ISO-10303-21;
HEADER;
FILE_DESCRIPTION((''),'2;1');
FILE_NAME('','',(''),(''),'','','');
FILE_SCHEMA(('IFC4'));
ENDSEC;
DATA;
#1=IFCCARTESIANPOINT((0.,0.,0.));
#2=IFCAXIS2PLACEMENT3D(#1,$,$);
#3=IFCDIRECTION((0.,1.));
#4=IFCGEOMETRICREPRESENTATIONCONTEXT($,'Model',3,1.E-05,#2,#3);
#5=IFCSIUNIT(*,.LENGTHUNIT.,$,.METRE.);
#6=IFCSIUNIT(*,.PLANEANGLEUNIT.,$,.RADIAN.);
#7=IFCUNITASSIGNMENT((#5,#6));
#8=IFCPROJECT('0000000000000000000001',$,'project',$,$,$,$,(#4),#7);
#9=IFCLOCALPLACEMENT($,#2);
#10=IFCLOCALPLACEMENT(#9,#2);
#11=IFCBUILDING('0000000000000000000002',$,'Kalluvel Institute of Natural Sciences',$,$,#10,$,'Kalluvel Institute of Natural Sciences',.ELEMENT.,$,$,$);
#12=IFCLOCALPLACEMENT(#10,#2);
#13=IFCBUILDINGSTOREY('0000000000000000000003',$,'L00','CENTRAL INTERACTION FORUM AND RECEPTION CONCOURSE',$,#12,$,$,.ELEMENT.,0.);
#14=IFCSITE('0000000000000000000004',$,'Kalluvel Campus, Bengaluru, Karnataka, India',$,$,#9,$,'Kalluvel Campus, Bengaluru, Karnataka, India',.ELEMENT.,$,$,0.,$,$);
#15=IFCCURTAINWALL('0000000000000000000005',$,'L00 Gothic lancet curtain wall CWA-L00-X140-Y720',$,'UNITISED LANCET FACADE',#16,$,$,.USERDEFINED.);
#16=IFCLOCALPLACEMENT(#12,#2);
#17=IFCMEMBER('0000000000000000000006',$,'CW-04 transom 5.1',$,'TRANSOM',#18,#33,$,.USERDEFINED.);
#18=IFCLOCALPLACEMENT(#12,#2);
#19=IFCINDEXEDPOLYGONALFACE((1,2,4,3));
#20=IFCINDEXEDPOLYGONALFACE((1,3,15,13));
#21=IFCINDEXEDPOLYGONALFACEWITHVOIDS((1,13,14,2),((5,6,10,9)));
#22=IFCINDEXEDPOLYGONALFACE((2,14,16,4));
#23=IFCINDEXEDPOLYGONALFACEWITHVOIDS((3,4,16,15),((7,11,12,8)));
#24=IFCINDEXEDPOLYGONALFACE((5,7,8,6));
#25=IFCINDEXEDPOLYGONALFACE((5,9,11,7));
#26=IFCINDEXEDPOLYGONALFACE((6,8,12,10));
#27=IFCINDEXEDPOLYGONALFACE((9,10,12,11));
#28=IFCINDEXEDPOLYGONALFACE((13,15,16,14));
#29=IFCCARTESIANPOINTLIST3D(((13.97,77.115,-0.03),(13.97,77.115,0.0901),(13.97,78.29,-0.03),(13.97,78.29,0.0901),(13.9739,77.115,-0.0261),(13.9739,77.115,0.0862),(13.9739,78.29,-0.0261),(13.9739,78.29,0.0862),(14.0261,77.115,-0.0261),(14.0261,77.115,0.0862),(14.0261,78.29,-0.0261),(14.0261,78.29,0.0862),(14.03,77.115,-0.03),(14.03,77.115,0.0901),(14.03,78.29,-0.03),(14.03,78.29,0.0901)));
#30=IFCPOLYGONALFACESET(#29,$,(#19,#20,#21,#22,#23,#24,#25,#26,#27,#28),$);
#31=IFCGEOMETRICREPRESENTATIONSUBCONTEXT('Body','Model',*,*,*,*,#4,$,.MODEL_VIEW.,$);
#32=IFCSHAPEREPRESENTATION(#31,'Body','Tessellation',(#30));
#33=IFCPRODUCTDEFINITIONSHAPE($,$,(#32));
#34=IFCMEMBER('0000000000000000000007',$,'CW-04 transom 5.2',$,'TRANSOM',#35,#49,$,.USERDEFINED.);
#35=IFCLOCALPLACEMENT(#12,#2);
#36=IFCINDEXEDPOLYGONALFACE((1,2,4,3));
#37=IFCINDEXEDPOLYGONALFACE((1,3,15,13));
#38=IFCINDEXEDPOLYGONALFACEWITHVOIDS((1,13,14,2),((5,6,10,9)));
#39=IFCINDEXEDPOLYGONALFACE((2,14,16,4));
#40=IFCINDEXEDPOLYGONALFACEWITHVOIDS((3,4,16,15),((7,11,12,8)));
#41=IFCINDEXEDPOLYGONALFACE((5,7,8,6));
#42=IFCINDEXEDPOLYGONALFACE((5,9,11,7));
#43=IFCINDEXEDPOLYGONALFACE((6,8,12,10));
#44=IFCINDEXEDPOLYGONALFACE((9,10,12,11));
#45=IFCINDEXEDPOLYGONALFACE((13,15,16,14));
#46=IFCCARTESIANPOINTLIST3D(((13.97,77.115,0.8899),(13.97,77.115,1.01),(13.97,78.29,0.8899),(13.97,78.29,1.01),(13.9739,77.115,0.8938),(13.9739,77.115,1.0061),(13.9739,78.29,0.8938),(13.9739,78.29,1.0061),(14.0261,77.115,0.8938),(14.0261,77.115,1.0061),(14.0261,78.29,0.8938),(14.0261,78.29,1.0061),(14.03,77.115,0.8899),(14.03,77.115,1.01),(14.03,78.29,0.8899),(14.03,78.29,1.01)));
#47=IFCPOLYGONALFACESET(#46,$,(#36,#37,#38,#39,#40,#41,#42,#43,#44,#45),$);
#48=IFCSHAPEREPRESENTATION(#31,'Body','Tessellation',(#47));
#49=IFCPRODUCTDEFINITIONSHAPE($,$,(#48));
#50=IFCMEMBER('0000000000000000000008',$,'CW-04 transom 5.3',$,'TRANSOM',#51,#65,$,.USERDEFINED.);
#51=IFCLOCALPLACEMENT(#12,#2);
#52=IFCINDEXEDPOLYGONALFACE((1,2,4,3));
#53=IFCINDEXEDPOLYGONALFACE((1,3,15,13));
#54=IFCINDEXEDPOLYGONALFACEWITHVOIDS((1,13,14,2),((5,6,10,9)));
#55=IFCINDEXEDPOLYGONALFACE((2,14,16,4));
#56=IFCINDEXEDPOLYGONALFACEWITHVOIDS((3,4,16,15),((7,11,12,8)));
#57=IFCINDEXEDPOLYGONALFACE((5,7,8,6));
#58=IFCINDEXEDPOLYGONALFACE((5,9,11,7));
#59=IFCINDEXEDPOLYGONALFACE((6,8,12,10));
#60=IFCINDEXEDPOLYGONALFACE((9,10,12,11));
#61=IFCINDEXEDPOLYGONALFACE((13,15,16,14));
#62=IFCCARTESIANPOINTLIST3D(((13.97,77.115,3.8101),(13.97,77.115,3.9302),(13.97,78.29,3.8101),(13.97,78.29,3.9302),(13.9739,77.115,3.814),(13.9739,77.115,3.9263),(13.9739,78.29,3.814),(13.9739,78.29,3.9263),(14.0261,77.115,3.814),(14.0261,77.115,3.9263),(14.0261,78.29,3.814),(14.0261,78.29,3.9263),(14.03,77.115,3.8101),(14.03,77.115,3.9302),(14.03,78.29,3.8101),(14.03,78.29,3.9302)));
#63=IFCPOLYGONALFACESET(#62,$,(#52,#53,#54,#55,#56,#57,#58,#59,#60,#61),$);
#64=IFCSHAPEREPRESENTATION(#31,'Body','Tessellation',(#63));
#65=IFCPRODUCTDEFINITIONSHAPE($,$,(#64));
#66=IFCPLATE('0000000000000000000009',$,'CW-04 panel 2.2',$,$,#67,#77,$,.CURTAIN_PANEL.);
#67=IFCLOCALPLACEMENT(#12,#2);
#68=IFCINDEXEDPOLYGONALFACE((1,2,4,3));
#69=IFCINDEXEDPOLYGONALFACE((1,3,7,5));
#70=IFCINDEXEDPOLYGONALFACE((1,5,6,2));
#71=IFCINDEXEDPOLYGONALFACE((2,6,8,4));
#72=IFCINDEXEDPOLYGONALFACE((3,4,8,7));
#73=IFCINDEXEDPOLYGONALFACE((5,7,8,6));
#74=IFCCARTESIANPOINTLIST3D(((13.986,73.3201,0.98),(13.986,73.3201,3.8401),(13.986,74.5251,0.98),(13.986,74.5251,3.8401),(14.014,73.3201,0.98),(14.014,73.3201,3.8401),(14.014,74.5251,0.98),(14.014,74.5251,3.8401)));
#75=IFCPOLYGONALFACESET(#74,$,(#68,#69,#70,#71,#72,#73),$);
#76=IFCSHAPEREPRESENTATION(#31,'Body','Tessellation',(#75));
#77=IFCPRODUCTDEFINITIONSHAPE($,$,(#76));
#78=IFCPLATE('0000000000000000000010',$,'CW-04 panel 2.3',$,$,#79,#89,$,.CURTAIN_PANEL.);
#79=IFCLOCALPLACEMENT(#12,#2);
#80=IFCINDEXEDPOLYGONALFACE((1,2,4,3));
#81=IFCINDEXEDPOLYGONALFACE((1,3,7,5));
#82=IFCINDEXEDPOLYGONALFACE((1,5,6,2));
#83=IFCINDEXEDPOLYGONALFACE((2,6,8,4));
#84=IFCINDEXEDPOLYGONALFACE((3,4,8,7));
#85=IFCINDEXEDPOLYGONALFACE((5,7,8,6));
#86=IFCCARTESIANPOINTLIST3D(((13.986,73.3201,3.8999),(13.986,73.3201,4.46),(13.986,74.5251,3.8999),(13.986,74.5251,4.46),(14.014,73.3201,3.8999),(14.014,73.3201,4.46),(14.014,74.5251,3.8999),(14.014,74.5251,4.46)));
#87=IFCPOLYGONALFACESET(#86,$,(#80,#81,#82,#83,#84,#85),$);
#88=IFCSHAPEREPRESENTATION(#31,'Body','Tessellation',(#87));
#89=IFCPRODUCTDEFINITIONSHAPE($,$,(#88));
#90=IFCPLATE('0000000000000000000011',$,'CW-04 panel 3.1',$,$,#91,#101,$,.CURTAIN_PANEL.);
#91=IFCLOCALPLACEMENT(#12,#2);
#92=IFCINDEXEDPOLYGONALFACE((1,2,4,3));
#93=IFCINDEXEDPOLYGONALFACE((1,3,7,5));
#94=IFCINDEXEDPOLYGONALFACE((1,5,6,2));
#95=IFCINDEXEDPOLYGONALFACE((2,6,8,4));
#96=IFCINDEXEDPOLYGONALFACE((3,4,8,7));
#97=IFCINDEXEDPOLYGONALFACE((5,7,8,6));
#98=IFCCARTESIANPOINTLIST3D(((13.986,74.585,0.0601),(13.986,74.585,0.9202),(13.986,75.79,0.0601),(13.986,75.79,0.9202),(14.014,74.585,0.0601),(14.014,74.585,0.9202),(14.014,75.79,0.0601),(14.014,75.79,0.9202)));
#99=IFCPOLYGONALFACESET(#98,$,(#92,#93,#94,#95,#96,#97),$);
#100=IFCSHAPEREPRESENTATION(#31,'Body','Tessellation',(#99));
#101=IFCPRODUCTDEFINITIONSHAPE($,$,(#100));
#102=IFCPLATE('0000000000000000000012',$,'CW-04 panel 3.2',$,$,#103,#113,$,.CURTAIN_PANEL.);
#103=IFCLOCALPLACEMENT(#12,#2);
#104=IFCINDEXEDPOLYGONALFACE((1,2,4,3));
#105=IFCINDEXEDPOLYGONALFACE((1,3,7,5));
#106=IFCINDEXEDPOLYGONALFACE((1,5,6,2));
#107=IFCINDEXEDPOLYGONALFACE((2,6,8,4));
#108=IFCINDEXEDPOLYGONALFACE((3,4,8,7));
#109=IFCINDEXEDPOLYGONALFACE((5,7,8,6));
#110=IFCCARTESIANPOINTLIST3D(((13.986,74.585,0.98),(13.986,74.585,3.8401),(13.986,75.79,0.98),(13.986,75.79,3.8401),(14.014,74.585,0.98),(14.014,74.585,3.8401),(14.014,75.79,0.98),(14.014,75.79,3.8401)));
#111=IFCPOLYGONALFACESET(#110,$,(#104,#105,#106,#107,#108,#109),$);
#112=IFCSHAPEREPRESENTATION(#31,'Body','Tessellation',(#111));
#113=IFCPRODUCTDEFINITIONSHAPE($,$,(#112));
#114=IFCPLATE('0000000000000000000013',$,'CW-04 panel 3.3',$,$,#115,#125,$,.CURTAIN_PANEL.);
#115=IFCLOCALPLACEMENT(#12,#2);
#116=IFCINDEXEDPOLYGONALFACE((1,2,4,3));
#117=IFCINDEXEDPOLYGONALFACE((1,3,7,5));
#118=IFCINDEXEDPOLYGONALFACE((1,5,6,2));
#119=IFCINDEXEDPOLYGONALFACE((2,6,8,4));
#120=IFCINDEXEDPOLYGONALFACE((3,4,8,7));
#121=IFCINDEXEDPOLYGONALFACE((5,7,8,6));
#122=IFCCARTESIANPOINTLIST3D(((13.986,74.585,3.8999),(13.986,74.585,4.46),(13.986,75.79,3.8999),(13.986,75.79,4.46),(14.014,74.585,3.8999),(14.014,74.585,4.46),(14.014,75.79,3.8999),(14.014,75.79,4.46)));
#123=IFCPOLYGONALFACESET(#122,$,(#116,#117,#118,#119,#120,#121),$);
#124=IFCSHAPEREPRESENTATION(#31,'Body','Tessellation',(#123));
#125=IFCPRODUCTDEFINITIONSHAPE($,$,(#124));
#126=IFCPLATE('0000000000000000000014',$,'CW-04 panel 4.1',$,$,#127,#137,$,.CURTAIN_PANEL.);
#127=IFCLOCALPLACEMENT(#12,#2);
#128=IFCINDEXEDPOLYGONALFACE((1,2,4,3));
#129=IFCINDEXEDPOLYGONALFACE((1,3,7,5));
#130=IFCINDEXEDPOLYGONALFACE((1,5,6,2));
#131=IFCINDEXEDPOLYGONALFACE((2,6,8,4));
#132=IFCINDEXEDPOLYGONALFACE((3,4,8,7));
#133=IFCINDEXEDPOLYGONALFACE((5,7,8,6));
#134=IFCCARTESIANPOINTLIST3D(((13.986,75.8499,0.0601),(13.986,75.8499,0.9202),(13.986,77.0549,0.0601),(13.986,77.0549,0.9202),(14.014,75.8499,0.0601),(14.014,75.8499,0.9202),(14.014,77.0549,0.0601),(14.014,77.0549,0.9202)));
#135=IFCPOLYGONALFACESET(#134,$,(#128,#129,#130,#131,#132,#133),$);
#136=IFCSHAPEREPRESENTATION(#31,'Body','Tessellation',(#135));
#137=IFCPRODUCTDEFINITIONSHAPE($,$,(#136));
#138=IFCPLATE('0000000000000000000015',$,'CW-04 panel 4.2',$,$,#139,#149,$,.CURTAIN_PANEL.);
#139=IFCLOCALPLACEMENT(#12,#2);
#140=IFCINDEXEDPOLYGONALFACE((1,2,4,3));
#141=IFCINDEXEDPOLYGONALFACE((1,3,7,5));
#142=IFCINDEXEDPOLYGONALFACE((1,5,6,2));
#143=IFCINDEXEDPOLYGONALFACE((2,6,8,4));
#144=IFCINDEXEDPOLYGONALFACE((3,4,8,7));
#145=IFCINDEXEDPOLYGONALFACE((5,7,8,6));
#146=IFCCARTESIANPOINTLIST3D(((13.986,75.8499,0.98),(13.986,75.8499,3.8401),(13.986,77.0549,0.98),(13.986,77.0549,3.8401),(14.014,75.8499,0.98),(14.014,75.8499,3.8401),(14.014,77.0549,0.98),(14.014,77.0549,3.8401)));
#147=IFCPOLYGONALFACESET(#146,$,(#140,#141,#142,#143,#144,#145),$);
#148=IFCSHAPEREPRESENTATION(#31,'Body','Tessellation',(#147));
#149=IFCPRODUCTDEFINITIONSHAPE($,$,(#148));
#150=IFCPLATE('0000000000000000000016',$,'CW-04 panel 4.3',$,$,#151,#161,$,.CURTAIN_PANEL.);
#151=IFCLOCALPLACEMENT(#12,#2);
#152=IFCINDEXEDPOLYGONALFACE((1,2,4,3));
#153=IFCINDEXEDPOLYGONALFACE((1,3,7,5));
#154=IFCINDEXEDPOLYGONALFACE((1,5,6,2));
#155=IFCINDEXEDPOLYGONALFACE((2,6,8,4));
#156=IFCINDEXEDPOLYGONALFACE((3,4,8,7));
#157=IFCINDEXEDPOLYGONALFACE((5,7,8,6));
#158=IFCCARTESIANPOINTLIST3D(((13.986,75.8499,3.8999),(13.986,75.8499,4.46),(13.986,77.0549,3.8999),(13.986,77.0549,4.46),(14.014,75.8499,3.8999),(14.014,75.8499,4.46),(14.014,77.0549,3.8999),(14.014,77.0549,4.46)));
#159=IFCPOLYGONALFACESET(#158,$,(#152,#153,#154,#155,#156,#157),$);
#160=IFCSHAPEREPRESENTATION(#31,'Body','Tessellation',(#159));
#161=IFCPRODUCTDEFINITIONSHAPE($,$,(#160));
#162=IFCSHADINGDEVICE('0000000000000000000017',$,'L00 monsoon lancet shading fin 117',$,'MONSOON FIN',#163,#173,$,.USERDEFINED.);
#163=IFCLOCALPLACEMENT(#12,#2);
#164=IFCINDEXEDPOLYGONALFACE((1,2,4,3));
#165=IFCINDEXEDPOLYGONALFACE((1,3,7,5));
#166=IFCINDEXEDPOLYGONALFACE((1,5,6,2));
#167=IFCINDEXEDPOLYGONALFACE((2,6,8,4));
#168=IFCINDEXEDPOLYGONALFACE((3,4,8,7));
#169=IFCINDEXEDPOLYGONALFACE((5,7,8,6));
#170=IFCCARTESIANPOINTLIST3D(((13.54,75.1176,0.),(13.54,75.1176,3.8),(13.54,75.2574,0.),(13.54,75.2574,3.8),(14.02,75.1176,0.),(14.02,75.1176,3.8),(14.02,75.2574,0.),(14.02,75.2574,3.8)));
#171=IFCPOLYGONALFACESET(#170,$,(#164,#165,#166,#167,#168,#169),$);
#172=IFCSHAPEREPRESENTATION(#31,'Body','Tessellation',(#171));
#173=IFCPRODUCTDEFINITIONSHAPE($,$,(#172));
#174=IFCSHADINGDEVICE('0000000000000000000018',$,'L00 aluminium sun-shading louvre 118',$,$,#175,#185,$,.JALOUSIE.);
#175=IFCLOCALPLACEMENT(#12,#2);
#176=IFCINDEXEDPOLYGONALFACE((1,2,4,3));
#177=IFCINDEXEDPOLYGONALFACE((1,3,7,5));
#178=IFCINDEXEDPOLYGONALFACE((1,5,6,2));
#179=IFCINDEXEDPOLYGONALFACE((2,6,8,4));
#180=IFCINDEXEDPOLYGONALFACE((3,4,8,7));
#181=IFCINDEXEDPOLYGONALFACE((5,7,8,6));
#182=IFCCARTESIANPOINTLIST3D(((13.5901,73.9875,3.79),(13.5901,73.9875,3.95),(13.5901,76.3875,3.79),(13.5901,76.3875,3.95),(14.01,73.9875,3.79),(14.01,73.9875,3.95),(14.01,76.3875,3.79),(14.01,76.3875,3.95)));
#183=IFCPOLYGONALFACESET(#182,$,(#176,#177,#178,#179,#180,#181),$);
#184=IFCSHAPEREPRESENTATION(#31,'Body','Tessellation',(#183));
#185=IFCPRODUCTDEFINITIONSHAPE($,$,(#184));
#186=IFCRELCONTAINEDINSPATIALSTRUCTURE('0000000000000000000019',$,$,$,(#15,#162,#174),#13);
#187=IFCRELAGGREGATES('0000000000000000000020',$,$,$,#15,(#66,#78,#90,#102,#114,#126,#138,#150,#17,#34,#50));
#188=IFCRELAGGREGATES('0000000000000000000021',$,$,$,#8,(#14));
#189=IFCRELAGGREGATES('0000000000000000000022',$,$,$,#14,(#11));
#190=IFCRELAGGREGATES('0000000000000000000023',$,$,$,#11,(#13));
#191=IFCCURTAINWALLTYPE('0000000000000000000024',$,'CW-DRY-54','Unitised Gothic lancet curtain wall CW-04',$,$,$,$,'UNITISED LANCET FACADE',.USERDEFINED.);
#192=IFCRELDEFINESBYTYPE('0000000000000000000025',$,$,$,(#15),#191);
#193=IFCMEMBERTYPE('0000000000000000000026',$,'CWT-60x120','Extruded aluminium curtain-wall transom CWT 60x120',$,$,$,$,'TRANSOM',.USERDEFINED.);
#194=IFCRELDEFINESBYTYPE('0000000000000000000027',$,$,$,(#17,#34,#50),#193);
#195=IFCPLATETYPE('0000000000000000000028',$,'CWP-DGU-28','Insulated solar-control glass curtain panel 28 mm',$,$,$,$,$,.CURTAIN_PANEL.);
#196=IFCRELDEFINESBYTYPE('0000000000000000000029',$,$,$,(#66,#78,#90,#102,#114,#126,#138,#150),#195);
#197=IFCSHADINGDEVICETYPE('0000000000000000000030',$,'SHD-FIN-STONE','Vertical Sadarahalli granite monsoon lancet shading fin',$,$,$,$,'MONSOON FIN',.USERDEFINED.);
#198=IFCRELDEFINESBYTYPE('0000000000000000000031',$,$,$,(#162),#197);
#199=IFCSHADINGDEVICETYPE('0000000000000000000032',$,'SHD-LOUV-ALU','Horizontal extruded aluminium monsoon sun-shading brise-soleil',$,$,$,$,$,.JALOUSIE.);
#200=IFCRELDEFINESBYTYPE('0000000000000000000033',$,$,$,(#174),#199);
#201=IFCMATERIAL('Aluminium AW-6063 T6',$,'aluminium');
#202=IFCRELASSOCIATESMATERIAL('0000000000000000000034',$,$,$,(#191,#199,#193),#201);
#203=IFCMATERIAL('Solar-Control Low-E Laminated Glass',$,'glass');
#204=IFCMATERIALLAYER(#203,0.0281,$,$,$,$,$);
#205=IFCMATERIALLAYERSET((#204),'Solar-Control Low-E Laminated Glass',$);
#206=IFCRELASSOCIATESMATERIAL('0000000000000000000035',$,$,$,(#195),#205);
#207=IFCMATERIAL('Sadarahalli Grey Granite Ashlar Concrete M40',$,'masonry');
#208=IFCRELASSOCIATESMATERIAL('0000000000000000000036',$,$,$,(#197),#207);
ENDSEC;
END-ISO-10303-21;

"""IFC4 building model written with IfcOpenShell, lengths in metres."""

from ifc_helpers import new_model, si_unit, direction, frame, origin, origin_2d, place, context, subcontext, project, spatial, rectangle, hollow_rectangle, extrude, material, layer, layer_set, material_profile, profile_set, type_object, element, aggregate, save


model = new_model("IFC4")

# Units and contexts
model_context = context("Model", 3, precision=1e-05, world=origin(), true_north=direction((0.0, 1.0)))
body_context = subcontext(model_context, "Body", "Model", "MODEL_VIEW")
ifc_project = project(units=[si_unit("LENGTHUNIT", "METRE"), si_unit("PLANEANGLEUNIT", "RADIAN")], contexts=[model_context])

# Site, building, storey
site_placement = place(None, origin())
site = spatial("IfcSite", under=ifc_project, at=site_placement, Name="Kalluvel Campus, Bengaluru, Karnataka, India", LongName="Kalluvel Campus, Bengaluru, Karnataka, India", CompositionType="ELEMENT", RefElevation=0.0)
building_placement = place(site_placement, origin())
building = spatial("IfcBuilding", under=site, at=building_placement, Name="Kalluvel Institute of Natural Sciences", LongName="Kalluvel Institute of Natural Sciences", CompositionType="ELEMENT")
storey_placement = place(building_placement, origin())
storey = spatial("IfcBuildingStorey", under=building, at=storey_placement, Name="L00", Description="CENTRAL INTERACTION FORUM AND RECEPTION CONCOURSE", CompositionType="ELEMENT", Elevation=0.0)

# Curtain wall, members, plates
ifc_material_1 = material(Name="Aluminium AW-6063 T6", Category="aluminium")
curtain_wall_type = type_object("IfcCurtainWallType", Name="CW-DRY-54", Description="Unitised Gothic lancet curtain wall CW-04", ElementType="UNITISED LANCET FACADE", PredefinedType="USERDEFINED", material=ifc_material_1)
curtain_wall_placement = place(storey_placement, origin())
curtain_wall = element("IfcCurtainWall", 1, at=curtain_wall_placement, inside=storey, type_object=curtain_wall_type, Name="L00 Gothic lancet curtain wall CWA-L00-X140-Y720", ObjectType="UNITISED LANCET FACADE", PredefinedType="USERDEFINED")
ifc_material_profile_1 = material_profile(ifc_material_1, hollow_rectangle(XDim=0.0601, YDim=0.1201, WallThickness=0.0039, at=origin_2d()), Name="CWT 60x120")
ifc_profile_set_1 = profile_set([ifc_material_profile_1], Name="Aluminium AW-6063 T6")
member_type_1 = type_object("IfcMemberType", Name="CWT-60x120", Description="Extruded aluminium curtain-wall transom CWT 60x120", ElementType="TRANSOM", PredefinedType="USERDEFINED", material=ifc_profile_set_1)
member_1_placement = place(storey_placement, frame((14.0, 77.115, 0.03), z_axis=(0.0, 1.0, 0.0), x_axis=(-1.0, 0.0, 0.0)))
member_1 = element("IfcMember", 2, at=member_1_placement, type_object=member_type_1, Name="CW-04 transom 5.1", ObjectType="TRANSOM", PredefinedType="USERDEFINED", context=body_context, shape_type="SweptSolid", body=[
    extrude(hollow_rectangle(XDim=0.0601, YDim=0.1201, WallThickness=0.0039, at=origin_2d()), origin(), (0.0, 0.0, 1.0), 1.175),
])
member_2_placement = place(storey_placement, frame((14.0, 77.115, 0.95), z_axis=(0.0, 1.0, 0.0), x_axis=(-1.0, 0.0, 0.0)))
member_2 = element("IfcMember", 3, at=member_2_placement, type_object=member_type_1, Name="CW-04 transom 5.2", ObjectType="TRANSOM", PredefinedType="USERDEFINED", context=body_context, shape_type="SweptSolid", body=[
    extrude(hollow_rectangle(XDim=0.0601, YDim=0.1201, WallThickness=0.0039, at=origin_2d()), origin(), (0.0, 0.0, 1.0), 1.175),
])
member_3_placement = place(storey_placement, frame((14.0, 77.115, 3.8701), z_axis=(0.0, 1.0, 0.0), x_axis=(-1.0, 0.0, 0.0)))
member_3 = element("IfcMember", 4, at=member_3_placement, type_object=member_type_1, Name="CW-04 transom 5.3", ObjectType="TRANSOM", PredefinedType="USERDEFINED", context=body_context, shape_type="SweptSolid", body=[
    extrude(hollow_rectangle(XDim=0.0601, YDim=0.1201, WallThickness=0.0039, at=origin_2d()), origin(), (0.0, 0.0, 1.0), 1.175),
])
ifc_material_2 = material(Name="Solar-Control Low-E Laminated Glass", Category="glass")
ifc_layer = layer(ifc_material_2, 0.0281)
ifc_layer_set = layer_set([ifc_layer], Name="Solar-Control Low-E Laminated Glass")
plate_type = type_object("IfcPlateType", Name="CWP-DGU-28", Description="Insulated solar-control glass curtain panel 28 mm", PredefinedType="CURTAIN_PANEL", material=ifc_layer_set)
plate_1_placement = place(storey_placement, frame((14.0, 73.9226, 0.98), z_axis=(0.0, 0.0, 1.0), x_axis=(0.0, 1.0, 0.0)))
plate_1 = element("IfcPlate", 5, at=plate_1_placement, type_object=plate_type, Name="CW-04 panel 2.2", PredefinedType="CURTAIN_PANEL", context=body_context, shape_type="SweptSolid", body=[
    extrude(rectangle(XDim=1.2051, YDim=0.0281, at=origin_2d()), origin(), (0.0, 0.0, 1.0), 2.8601),
])
plate_2_placement = place(storey_placement, frame((14.0, 73.9226, 3.8999), z_axis=(0.0, 0.0, 1.0), x_axis=(0.0, 1.0, 0.0)))
plate_2 = element("IfcPlate", 6, at=plate_2_placement, type_object=plate_type, Name="CW-04 panel 2.3", PredefinedType="CURTAIN_PANEL", context=body_context, shape_type="SweptSolid", body=[
    extrude(rectangle(XDim=1.2051, YDim=0.0281, at=origin_2d()), origin(), (0.0, 0.0, 1.0), 0.5601),
])
plate_3_placement = place(storey_placement, frame((14.0, 75.1875, 0.0601), z_axis=(0.0, 0.0, 1.0), x_axis=(0.0, 1.0, 0.0)))
plate_3 = element("IfcPlate", 7, at=plate_3_placement, type_object=plate_type, Name="CW-04 panel 3.1", PredefinedType="CURTAIN_PANEL", context=body_context, shape_type="SweptSolid", body=[
    extrude(rectangle(XDim=1.2051, YDim=0.0281, at=origin_2d()), origin(), (0.0, 0.0, 1.0), 0.8601),
])
plate_4_placement = place(storey_placement, frame((14.0, 75.1875, 0.98), z_axis=(0.0, 0.0, 1.0), x_axis=(0.0, 1.0, 0.0)))
plate_4 = element("IfcPlate", 8, at=plate_4_placement, type_object=plate_type, Name="CW-04 panel 3.2", PredefinedType="CURTAIN_PANEL", context=body_context, shape_type="SweptSolid", body=[
    extrude(rectangle(XDim=1.2051, YDim=0.0281, at=origin_2d()), origin(), (0.0, 0.0, 1.0), 2.8601),
])
plate_5_placement = place(storey_placement, frame((14.0, 75.1875, 3.8999), z_axis=(0.0, 0.0, 1.0), x_axis=(0.0, 1.0, 0.0)))
plate_5 = element("IfcPlate", 9, at=plate_5_placement, type_object=plate_type, Name="CW-04 panel 3.3", PredefinedType="CURTAIN_PANEL", context=body_context, shape_type="SweptSolid", body=[
    extrude(rectangle(XDim=1.2051, YDim=0.0281, at=origin_2d()), origin(), (0.0, 0.0, 1.0), 0.5601),
])
plate_6_placement = place(storey_placement, frame((14.0, 76.4524, 0.0601), z_axis=(0.0, 0.0, 1.0), x_axis=(0.0, 1.0, 0.0)))
plate_6 = element("IfcPlate", 10, at=plate_6_placement, type_object=plate_type, Name="CW-04 panel 4.1", PredefinedType="CURTAIN_PANEL", context=body_context, shape_type="SweptSolid", body=[
    extrude(rectangle(XDim=1.2051, YDim=0.0281, at=origin_2d()), origin(), (0.0, 0.0, 1.0), 0.8601),
])
plate_7_placement = place(storey_placement, frame((14.0, 76.4524, 0.98), z_axis=(0.0, 0.0, 1.0), x_axis=(0.0, 1.0, 0.0)))
plate_7 = element("IfcPlate", 11, at=plate_7_placement, type_object=plate_type, Name="CW-04 panel 4.2", PredefinedType="CURTAIN_PANEL", context=body_context, shape_type="SweptSolid", body=[
    extrude(rectangle(XDim=1.2051, YDim=0.0281, at=origin_2d()), origin(), (0.0, 0.0, 1.0), 2.8601),
])
plate_8_placement = place(storey_placement, frame((14.0, 76.4524, 3.8999), z_axis=(0.0, 0.0, 1.0), x_axis=(0.0, 1.0, 0.0)))
plate_8 = element("IfcPlate", 12, at=plate_8_placement, type_object=plate_type, Name="CW-04 panel 4.3", PredefinedType="CURTAIN_PANEL", context=body_context, shape_type="SweptSolid", body=[
    extrude(rectangle(XDim=1.2051, YDim=0.0281, at=origin_2d()), origin(), (0.0, 0.0, 1.0), 0.5601),
])
aggregate(curtain_wall, [plate_1, plate_2, plate_3, plate_4, plate_5, plate_6, plate_7, plate_8, member_1, member_2, member_3])

# Shading devices
ifc_material_3 = material(Name="Sadarahalli Grey Granite Ashlar Concrete M40", Category="masonry")
shading_device_type_1 = type_object("IfcShadingDeviceType", Name="SHD-FIN-STONE", Description="Vertical Sadarahalli granite monsoon lancet shading fin", ElementType="MONSOON FIN", PredefinedType="USERDEFINED", material=ifc_material_3)
shading_device_1_placement = place(storey_placement, frame((13.78, 75.1875, 0.0), z_axis=(0.0, 0.0, 1.0), x_axis=(0.0, 1.0, 0.0)))
element("IfcShadingDevice", 13, at=shading_device_1_placement, inside=storey, type_object=shading_device_type_1, Name="L00 monsoon lancet shading fin 117", ObjectType="MONSOON FIN", PredefinedType="USERDEFINED", context=body_context, shape_type="SweptSolid", body=[
    extrude(rectangle(XDim=0.1399, YDim=0.48, at=origin_2d()), origin(), (0.0, 0.0, 1.0), 3.8),
])
shading_device_type_2 = type_object("IfcShadingDeviceType", Name="SHD-LOUV-ALU", Description="Horizontal extruded aluminium monsoon sun-shading brise-soleil", PredefinedType="JALOUSIE", material=ifc_material_1)
shading_device_2_placement = place(storey_placement, frame((13.8, 75.1875, 3.79), z_axis=(0.0, 0.0, 1.0), x_axis=(0.0, 1.0, 0.0)))
element("IfcShadingDevice", 14, at=shading_device_2_placement, inside=storey, type_object=shading_device_type_2, Name="L00 aluminium sun-shading louvre 118", PredefinedType="JALOUSIE", context=body_context, shape_type="SweptSolid", body=[
    extrude(rectangle(XDim=2.3999, YDim=0.4199, at=origin_2d()), origin(), (0.0, 0.0, 1.0), 0.1599),
])

save(model, "model.ifc")
